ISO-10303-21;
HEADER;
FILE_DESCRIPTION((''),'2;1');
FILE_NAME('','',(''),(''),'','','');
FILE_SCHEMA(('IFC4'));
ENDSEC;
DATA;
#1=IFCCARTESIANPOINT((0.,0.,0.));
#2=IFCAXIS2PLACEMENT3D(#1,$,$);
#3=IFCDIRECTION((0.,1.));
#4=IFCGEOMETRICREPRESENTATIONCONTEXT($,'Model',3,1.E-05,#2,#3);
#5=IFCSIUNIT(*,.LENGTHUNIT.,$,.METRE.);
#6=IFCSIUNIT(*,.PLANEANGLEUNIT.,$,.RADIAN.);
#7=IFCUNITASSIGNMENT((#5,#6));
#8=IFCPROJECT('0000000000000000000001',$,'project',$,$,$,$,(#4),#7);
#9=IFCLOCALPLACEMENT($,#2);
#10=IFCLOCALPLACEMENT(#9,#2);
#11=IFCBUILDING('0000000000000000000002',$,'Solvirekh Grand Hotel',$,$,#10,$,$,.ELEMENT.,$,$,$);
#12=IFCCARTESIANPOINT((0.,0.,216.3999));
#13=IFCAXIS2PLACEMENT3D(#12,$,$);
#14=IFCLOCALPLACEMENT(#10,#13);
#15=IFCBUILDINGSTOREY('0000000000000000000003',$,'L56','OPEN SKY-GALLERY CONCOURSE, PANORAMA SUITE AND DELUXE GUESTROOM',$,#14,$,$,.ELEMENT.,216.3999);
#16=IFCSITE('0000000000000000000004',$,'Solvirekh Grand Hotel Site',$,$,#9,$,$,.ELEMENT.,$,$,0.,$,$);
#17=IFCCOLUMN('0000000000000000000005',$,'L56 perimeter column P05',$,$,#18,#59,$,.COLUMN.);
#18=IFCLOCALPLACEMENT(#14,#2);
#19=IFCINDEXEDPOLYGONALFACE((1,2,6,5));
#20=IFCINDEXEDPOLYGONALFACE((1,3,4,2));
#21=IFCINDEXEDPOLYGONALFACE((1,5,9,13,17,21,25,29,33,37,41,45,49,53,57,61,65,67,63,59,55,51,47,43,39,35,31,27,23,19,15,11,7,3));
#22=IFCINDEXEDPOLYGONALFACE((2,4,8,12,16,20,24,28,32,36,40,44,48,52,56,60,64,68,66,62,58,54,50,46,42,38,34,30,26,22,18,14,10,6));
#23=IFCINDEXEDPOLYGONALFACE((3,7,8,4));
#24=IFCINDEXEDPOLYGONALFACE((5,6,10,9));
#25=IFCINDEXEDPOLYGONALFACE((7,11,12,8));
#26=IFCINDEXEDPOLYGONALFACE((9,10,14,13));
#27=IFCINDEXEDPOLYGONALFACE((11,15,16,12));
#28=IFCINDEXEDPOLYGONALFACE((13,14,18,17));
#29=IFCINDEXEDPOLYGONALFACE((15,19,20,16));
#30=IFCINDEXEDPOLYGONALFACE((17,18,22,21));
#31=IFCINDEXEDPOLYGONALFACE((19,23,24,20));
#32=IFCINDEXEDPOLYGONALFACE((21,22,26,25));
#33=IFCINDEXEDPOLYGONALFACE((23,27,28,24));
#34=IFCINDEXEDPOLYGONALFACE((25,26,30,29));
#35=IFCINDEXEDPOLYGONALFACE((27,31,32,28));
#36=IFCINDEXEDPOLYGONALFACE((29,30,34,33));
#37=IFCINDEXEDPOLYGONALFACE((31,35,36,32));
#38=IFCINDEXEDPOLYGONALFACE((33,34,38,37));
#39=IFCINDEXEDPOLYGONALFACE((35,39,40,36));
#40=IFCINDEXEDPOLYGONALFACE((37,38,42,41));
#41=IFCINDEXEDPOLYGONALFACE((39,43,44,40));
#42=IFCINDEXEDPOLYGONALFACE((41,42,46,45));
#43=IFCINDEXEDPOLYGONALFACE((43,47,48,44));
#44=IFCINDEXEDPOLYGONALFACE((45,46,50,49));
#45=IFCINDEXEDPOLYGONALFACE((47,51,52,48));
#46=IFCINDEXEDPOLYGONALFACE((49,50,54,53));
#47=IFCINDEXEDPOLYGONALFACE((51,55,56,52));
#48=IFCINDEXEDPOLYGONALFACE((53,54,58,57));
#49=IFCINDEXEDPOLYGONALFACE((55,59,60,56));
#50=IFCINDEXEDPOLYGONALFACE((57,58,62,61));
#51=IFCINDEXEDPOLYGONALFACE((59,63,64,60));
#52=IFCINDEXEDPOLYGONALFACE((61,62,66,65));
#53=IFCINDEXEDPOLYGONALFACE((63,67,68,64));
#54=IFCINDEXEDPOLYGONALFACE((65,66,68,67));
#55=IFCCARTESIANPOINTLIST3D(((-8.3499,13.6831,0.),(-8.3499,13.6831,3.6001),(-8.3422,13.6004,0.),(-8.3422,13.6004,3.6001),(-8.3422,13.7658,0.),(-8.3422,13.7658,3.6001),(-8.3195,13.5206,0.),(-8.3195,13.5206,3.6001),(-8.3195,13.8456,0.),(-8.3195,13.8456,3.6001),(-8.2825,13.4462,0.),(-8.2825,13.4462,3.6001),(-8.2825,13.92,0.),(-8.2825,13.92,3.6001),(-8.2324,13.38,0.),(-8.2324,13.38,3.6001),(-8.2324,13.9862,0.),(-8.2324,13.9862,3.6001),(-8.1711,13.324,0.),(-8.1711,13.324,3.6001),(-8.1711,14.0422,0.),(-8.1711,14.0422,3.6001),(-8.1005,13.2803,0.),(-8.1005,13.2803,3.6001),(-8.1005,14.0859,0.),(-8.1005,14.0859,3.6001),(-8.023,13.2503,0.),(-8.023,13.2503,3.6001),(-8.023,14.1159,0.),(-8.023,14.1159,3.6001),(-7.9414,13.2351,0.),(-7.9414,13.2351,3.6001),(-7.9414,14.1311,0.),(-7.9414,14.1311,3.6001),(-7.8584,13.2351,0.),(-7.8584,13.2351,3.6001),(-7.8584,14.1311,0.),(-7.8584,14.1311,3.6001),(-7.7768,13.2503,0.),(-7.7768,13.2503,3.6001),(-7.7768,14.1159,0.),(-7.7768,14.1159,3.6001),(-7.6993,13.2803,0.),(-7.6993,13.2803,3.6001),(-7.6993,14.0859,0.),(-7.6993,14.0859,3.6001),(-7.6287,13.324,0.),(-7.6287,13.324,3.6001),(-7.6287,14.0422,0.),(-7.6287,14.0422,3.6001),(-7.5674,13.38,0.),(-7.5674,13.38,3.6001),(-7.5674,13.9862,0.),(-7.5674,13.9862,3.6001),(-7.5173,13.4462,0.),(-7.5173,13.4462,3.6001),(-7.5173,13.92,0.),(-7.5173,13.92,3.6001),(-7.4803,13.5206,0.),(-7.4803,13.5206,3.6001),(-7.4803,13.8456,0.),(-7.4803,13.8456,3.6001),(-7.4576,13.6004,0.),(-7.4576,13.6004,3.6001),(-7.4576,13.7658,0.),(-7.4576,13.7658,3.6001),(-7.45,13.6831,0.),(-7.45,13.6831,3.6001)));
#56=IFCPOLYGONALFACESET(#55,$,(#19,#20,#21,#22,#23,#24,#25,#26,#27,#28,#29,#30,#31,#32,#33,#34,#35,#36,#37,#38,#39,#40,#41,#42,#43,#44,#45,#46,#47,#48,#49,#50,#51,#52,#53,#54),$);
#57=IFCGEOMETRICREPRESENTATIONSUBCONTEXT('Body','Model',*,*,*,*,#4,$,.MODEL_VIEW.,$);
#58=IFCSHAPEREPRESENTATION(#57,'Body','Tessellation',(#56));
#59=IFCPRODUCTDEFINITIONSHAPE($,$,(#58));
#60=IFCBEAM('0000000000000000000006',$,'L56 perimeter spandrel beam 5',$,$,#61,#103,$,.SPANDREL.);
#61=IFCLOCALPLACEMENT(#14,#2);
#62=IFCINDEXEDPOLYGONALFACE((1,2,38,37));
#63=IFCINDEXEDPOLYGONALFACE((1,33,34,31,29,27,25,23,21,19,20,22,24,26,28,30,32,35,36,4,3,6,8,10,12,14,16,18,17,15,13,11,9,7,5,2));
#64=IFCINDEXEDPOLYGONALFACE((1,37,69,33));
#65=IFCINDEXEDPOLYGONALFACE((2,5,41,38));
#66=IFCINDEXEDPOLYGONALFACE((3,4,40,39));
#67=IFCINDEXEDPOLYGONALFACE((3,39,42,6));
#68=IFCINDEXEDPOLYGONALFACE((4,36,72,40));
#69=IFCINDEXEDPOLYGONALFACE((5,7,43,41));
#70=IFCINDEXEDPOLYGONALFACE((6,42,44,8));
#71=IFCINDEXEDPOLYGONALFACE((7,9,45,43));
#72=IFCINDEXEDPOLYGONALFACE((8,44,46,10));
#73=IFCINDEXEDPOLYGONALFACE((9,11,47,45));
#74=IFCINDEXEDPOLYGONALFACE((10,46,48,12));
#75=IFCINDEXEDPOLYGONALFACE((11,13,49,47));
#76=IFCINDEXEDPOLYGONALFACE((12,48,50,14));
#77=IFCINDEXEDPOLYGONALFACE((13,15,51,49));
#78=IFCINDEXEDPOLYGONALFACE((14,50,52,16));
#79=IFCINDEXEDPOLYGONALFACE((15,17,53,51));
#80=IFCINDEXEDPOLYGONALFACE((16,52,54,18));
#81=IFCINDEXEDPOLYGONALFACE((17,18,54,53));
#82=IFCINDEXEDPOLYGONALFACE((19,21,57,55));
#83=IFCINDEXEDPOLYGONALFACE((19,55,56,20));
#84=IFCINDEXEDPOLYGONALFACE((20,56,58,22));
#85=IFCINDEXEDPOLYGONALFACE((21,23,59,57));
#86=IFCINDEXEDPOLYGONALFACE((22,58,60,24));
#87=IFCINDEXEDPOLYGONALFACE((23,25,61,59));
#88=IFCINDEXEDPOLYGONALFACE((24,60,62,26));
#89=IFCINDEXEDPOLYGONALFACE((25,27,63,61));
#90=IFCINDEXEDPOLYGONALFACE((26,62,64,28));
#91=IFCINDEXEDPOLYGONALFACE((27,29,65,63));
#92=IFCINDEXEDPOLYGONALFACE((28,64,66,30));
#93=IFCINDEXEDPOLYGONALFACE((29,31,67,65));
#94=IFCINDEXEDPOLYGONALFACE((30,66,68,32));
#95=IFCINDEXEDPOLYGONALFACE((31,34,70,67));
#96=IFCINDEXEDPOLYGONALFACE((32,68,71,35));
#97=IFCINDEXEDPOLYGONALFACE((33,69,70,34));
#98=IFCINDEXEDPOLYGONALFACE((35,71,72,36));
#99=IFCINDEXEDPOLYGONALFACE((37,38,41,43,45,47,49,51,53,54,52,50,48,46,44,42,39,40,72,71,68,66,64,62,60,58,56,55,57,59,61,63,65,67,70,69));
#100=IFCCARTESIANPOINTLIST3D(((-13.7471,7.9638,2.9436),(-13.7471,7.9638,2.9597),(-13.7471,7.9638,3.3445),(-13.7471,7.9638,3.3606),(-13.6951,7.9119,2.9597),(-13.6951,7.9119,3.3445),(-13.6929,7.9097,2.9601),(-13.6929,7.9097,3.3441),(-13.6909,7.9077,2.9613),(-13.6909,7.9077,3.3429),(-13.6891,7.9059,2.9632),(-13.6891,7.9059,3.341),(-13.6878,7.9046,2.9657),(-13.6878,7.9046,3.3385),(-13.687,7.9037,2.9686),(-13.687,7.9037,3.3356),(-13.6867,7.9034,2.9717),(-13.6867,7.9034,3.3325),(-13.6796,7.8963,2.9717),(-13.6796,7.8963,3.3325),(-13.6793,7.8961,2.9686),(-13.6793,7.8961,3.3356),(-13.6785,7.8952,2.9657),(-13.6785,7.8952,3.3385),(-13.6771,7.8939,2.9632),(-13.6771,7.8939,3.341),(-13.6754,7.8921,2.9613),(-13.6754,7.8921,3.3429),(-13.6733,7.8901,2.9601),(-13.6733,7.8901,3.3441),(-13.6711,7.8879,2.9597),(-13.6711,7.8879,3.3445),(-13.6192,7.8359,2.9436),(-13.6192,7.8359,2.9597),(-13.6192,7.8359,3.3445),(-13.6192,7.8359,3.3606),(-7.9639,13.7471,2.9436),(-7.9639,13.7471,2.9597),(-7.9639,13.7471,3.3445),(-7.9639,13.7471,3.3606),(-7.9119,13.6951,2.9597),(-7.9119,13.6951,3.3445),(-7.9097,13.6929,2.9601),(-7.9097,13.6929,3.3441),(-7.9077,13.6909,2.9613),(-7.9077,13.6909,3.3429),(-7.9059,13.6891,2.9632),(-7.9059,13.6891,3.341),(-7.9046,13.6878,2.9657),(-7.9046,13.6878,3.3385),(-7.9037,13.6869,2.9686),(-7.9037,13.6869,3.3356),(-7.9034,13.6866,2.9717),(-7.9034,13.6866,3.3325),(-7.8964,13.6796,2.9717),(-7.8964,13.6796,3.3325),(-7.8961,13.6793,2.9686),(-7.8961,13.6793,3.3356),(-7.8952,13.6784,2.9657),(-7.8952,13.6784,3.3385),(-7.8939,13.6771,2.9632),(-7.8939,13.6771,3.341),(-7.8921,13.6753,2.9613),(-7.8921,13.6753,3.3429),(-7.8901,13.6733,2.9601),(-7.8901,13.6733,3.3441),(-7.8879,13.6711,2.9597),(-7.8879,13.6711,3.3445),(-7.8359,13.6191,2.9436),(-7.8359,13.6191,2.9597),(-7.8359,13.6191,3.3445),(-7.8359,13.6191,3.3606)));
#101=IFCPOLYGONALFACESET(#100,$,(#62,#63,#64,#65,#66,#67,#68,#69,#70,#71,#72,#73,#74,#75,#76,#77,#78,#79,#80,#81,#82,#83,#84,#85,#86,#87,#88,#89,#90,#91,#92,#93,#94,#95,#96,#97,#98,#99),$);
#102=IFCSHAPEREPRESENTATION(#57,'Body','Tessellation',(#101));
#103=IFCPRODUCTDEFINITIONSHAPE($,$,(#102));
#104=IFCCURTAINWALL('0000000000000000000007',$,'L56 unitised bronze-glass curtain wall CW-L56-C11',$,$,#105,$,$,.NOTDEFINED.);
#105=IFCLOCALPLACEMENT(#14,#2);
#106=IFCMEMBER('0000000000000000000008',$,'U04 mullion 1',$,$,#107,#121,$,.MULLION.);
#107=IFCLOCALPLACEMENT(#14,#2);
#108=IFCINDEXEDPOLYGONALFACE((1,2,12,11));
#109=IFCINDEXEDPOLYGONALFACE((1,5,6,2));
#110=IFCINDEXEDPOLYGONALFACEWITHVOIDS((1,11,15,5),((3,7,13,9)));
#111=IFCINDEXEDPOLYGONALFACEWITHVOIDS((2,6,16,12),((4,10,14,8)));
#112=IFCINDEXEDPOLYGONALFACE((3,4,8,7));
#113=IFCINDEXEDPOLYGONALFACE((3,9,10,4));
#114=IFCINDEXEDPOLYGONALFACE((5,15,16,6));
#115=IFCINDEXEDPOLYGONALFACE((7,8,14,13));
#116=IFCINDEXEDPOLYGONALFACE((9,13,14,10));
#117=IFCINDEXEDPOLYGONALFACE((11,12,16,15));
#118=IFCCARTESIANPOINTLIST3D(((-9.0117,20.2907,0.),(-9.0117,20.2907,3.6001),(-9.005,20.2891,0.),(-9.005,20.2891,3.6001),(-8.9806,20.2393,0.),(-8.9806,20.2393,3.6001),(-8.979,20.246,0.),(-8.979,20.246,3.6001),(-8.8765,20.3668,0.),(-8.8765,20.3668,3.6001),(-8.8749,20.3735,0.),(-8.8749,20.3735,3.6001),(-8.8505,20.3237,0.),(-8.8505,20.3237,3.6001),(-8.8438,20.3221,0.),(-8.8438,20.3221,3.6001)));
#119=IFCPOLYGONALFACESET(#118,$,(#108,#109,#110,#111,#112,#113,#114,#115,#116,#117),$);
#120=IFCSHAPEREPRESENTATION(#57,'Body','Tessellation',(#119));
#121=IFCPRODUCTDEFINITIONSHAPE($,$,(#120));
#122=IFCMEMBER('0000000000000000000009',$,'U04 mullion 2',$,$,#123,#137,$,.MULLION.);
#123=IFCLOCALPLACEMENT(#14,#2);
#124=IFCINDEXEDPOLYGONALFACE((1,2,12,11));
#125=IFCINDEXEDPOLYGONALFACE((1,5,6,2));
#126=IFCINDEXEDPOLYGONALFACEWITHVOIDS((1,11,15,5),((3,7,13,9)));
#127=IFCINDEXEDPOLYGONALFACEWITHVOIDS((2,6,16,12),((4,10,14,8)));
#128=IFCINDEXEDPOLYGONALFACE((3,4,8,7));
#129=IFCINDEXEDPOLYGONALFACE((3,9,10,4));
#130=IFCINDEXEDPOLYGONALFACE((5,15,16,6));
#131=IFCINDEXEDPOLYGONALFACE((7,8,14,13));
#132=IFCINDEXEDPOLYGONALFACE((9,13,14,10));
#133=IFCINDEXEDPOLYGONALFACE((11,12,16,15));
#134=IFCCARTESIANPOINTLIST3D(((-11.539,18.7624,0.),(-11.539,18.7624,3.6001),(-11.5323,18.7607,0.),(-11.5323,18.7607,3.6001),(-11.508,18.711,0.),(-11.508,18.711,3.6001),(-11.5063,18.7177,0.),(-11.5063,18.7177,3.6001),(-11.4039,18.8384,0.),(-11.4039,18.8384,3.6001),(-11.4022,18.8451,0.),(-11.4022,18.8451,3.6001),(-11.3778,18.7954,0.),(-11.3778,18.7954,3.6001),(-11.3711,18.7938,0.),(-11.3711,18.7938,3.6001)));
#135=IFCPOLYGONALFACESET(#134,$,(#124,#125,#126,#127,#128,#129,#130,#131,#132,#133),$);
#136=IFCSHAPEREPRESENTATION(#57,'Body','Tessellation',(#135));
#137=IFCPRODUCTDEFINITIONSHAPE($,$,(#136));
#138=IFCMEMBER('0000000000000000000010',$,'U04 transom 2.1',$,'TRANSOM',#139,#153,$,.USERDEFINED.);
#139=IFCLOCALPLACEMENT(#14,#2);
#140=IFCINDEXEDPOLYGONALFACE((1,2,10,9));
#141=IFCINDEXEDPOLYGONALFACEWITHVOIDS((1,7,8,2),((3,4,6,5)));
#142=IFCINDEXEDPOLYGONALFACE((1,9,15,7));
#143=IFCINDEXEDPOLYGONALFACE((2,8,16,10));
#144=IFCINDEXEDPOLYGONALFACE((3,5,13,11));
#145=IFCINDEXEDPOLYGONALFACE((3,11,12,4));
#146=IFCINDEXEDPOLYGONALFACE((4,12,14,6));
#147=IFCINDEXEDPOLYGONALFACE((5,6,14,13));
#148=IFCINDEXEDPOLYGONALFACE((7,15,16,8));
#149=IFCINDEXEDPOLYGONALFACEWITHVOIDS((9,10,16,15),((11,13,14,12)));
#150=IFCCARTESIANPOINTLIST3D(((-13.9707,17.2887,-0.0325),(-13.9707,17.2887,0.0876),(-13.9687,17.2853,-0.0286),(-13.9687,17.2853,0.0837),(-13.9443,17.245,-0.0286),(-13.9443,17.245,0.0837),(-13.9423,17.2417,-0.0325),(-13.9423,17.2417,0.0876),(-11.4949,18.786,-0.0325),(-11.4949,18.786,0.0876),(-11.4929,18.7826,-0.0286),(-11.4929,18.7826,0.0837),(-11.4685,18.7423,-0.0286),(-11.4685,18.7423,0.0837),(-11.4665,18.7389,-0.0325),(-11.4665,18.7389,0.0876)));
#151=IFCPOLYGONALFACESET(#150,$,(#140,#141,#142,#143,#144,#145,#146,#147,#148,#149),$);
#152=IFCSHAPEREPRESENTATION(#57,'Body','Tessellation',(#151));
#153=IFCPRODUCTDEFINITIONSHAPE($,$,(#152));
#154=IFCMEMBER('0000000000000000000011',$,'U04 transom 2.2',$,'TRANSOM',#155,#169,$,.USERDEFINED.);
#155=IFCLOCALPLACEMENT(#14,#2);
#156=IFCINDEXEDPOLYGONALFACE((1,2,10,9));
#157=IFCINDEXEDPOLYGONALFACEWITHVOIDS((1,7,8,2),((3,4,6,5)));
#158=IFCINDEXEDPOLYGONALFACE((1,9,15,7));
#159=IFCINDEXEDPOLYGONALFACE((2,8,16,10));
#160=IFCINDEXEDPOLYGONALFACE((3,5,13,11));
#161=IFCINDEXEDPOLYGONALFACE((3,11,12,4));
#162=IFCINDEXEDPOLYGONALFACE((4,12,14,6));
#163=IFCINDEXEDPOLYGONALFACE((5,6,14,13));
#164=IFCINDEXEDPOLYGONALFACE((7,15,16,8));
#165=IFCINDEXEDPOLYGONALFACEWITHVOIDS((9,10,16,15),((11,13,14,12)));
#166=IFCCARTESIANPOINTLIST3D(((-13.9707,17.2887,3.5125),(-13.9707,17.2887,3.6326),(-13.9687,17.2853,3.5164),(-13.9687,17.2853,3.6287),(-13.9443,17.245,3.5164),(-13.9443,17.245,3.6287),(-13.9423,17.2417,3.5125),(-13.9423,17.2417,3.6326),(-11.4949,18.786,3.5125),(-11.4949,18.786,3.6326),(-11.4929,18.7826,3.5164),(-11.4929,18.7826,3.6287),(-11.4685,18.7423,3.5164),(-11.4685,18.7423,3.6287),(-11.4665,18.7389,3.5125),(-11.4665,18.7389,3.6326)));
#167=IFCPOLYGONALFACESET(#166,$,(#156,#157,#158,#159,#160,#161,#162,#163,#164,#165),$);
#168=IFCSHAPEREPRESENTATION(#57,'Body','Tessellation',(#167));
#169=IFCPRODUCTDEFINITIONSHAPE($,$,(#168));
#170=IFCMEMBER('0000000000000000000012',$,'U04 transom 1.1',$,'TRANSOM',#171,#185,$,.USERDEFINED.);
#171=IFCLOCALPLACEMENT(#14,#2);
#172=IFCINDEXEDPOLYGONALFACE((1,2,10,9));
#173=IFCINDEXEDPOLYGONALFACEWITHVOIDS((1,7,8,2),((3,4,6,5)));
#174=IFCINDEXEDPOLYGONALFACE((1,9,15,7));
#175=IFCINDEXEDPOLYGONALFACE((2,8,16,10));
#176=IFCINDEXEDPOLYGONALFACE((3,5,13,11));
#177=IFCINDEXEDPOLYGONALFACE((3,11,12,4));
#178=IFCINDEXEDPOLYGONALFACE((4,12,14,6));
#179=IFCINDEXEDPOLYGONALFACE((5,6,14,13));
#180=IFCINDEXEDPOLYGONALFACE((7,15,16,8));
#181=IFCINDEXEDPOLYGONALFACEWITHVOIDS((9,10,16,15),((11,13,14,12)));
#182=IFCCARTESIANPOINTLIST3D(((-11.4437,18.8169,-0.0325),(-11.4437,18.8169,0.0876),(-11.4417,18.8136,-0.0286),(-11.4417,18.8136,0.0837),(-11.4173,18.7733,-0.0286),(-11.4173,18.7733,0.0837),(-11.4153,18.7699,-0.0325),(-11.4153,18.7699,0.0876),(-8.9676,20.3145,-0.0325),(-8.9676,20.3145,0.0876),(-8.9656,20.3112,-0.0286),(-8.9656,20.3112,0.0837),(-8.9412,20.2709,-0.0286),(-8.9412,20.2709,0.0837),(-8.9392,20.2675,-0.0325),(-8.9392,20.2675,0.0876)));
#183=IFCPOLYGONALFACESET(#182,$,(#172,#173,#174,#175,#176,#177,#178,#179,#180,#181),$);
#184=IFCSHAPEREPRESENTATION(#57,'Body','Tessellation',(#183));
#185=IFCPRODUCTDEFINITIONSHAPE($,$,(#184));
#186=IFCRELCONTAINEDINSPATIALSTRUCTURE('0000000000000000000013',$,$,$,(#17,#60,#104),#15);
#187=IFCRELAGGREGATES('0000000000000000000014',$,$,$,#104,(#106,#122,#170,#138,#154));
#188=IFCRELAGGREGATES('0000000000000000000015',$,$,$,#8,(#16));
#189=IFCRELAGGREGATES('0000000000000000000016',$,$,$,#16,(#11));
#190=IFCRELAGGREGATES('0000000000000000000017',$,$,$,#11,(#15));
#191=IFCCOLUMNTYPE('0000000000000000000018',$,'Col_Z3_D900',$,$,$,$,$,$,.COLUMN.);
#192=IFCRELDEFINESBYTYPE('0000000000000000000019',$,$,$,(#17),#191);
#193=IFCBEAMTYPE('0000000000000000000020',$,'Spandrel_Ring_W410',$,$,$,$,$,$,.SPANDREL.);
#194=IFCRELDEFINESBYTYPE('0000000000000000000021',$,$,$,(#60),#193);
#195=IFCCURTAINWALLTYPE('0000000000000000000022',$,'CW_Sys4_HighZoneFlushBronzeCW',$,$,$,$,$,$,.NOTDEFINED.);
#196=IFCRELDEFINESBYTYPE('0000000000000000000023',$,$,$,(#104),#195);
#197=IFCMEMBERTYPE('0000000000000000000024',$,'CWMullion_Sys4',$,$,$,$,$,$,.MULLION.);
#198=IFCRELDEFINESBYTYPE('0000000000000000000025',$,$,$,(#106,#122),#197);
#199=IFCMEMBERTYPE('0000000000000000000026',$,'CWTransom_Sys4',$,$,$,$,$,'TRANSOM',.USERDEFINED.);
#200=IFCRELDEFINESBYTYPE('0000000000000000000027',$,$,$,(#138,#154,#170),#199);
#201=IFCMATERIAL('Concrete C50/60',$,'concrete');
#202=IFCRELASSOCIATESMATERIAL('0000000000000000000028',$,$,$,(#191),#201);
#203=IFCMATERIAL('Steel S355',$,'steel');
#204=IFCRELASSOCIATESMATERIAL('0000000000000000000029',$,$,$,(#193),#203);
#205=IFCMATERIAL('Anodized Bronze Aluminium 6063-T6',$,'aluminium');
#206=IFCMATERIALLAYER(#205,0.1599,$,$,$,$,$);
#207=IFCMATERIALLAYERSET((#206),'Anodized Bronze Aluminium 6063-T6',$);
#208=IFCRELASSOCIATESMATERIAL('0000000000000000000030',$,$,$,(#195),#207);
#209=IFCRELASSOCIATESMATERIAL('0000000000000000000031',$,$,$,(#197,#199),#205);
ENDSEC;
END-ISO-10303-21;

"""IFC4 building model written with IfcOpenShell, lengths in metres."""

from ifc_helpers import new_model, si_unit, direction, frame, origin, origin_2d, place, context, subcontext, project, spatial, hollow_rectangle, circle, i_section, extrude, source, transform, mapped, material, layer, layer_set, material_profile, profile_set, type_object, element, aggregate, save


model = new_model("IFC4")

# Units and contexts
model_context = context("Model", 3, precision=1e-05, world=origin(), true_north=direction((0.0, 1.0)))
body_context = subcontext(model_context, "Body", "Model", "MODEL_VIEW")
ifc_project = project(units=[si_unit("LENGTHUNIT", "METRE"), si_unit("PLANEANGLEUNIT", "RADIAN")], contexts=[model_context])

# Site, building, storey
site_placement = place(None, origin())
site = spatial("IfcSite", under=ifc_project, at=site_placement, Name="Solvirekh Grand Hotel Site", CompositionType="ELEMENT", RefElevation=0.0)
building_placement = place(site_placement, origin())
building = spatial("IfcBuilding", under=site, at=building_placement, Name="Solvirekh Grand Hotel", CompositionType="ELEMENT")
storey_placement = place(building_placement, frame((0.0, 0.0, 216.3999)))
storey = spatial("IfcBuildingStorey", under=building, at=storey_placement, Name="L56", Description="OPEN SKY-GALLERY CONCOURSE, PANORAMA SUITE AND DELUXE GUESTROOM", CompositionType="ELEMENT", Elevation=216.3999)

# Column
ifc_material_1 = material(Name="Concrete C50/60", Category="concrete")
ifc_material_profile_1 = material_profile(ifc_material_1, circle(Radius=0.45, at=origin_2d()), Name="RC CIRC D900")
ifc_profile_set_1 = profile_set([ifc_material_profile_1], Name="Concrete C50/60")
column_type = type_object("IfcColumnType", Name="Col_Z3_D900", PredefinedType="COLUMN", material=ifc_profile_set_1)
column_placement = place(storey_placement, frame((-7.8999, 13.6831, 0.0), z_axis=(0.0, 0.0, 1.0), x_axis=(1.0, 0.0, 0.0)))
element("IfcColumn", 1, at=column_placement, inside=storey, type_object=column_type, Name="L56 perimeter column P05", PredefinedType="COLUMN", context=body_context, shape_type="SweptSolid", body=[
    extrude(circle(Radius=0.45, at=origin_2d()), origin(), (0.0, 0.0, 1.0), 3.6001),
])

# Beam
ifc_material_2 = material(Name="Steel S355", Category="steel")
ifc_material_profile_2 = material_profile(ifc_material_2, i_section(OverallWidth=0.1809, OverallDepth=0.417, WebThickness=0.01, FlangeThickness=0.0161, FilletRadius=0.012, at=origin_2d()), Name="W410X85")
ifc_profile_set_2 = profile_set([ifc_material_profile_2], Name="Steel S355")
beam_type = type_object("IfcBeamType", Name="Spandrel_Ring_W410", PredefinedType="SPANDREL", material=ifc_profile_set_2)
beam_placement = place(storey_placement, frame((-7.8999, 13.6831, 3.1521), z_axis=(-0.707107, -0.707107, 0.0), x_axis=(0.707107, -0.707107, 0.0)))
element("IfcBeam", 2, at=beam_placement, inside=storey, type_object=beam_type, Name="L56 perimeter spandrel beam 5", PredefinedType="SPANDREL", context=body_context, shape_type="SweptSolid", body=[
    extrude(i_section(OverallWidth=0.1809, OverallDepth=0.417, WebThickness=0.01, FlangeThickness=0.0161, FilletRadius=0.012, at=origin_2d()), origin(), (0.0, 0.0, 1.0), 8.1787),
])

# Curtain wall, members
ifc_material_3 = material(Name="Anodized Bronze Aluminium 6063-T6", Category="aluminium")
ifc_layer_1 = layer(ifc_material_3, 0.1599)
ifc_layer_set_1 = layer_set([ifc_layer_1], Name="Anodized Bronze Aluminium 6063-T6")
curtain_wall_type = type_object("IfcCurtainWallType", Name="CW_Sys4_HighZoneFlushBronzeCW", PredefinedType="NOTDEFINED", material=ifc_layer_set_1)
curtain_wall_placement = place(storey_placement, origin())
curtain_wall = element("IfcCurtainWall", 3, at=curtain_wall_placement, inside=storey, type_object=curtain_wall_type, Name="L56 unitised bronze-glass curtain wall CW-L56-C11", PredefinedType="NOTDEFINED")
ifc_material_profile_3 = material_profile(ifc_material_3, hollow_rectangle(XDim=0.0601, YDim=0.1599, WallThickness=0.0049, at=origin_2d()), Name="ALU RHS 160X60X5")
ifc_profile_set_3 = profile_set([ifc_material_profile_3], Name="Anodized Bronze Aluminium 6063-T6")
member_type_1 = type_object("IfcMemberType", Name="CWMullion_Sys4", PredefinedType="MULLION", material=ifc_profile_set_3)
shared_shape_1 = source(origin(), body_context, "Body", "SweptSolid", [
    extrude(hollow_rectangle(XDim=0.0601, YDim=0.1599, WallThickness=0.0049, at=origin_2d()), origin(), (0.0, 0.0, 1.0), 3.6001),
])
member_1_placement = place(storey_placement, frame((-8.9277, 20.3064, 0.0), z_axis=(0.0, 0.0, 1.0), x_axis=(0.517499, -0.855684, 0.0)))
member_1 = element("IfcMember", 4, at=member_1_placement, type_object=member_type_1, Name="U04 mullion 1", PredefinedType="MULLION", context=body_context, shape_type="MappedRepresentation", body=[
    mapped(shared_shape_1, transform((0.0, 0.0, 0.0), x_axis=(1.0, 0.0, 0.0), y_axis=(0.0, 1.0, 0.0), z_axis=(0.0, 0.0, 1.0), scale=1.0)),
])
member_2_placement = place(storey_placement, frame((-11.4551, 18.7781, 0.0), z_axis=(0.0, 0.0, 1.0), x_axis=(0.517499, -0.855684, 0.0)))
member_2 = element("IfcMember", 5, at=member_2_placement, type_object=member_type_1, Name="U04 mullion 2", PredefinedType="MULLION", context=body_context, shape_type="MappedRepresentation", body=[
    mapped(shared_shape_1, transform((0.0, 0.0, 0.0), x_axis=(1.0, 0.0, 0.0), y_axis=(0.0, 1.0, 0.0), z_axis=(0.0, 0.0, 1.0), scale=1.0)),
])
ifc_material_profile_4 = material_profile(ifc_material_3, hollow_rectangle(XDim=0.0549, YDim=0.1201, WallThickness=0.0039, at=origin_2d()), Name="ALU RHS 120X55X4")
ifc_profile_set_4 = profile_set([ifc_material_profile_4], Name="Anodized Bronze Aluminium 6063-T6")
member_type_2 = type_object("IfcMemberType", Name="CWTransom_Sys4", ElementType="TRANSOM", PredefinedType="USERDEFINED", material=ifc_profile_set_4)
shared_shape_2 = source(origin(), body_context, "Body", "SweptSolid", [
    extrude(hollow_rectangle(XDim=0.0549, YDim=0.1201, WallThickness=0.0039, at=origin_2d()), origin(), (0.0, 0.0, 1.0), 2.8933),
])
member_3_placement = place(storey_placement, frame((-11.4807, 18.7625, 0.0276), z_axis=(-0.855686, -0.517495, 0.0), x_axis=(0.517495, -0.855686, 0.0)))
member_3 = element("IfcMember", 6, at=member_3_placement, type_object=member_type_2, Name="U04 transom 2.1", ObjectType="TRANSOM", PredefinedType="USERDEFINED", context=body_context, shape_type="MappedRepresentation", body=[
    mapped(shared_shape_2, transform((0.0, 0.0, 0.0), x_axis=(1.0, 0.0, 0.0), y_axis=(0.0, 1.0, 0.0), z_axis=(0.0, 0.0, 1.0), scale=1.0)),
])
member_4_placement = place(storey_placement, frame((-11.4807, 18.7625, 3.5725), z_axis=(-0.855686, -0.517495, 0.0), x_axis=(0.517495, -0.855686, 0.0)))
member_4 = element("IfcMember", 7, at=member_4_placement, type_object=member_type_2, Name="U04 transom 2.2", ObjectType="TRANSOM", PredefinedType="USERDEFINED", context=body_context, shape_type="MappedRepresentation", body=[
    mapped(shared_shape_2, transform((0.0, 0.0, 0.0), x_axis=(1.0, 0.0, 0.0), y_axis=(0.0, 1.0, 0.0), z_axis=(0.0, 0.0, 1.0), scale=1.0)),
])
shared_shape_3 = source(origin(), body_context, "Body", "SweptSolid", [
    extrude(hollow_rectangle(XDim=0.0549, YDim=0.1201, WallThickness=0.0039, at=origin_2d()), origin(), (0.0, 0.0, 1.0), 2.8938),
])
member_5_placement = place(storey_placement, frame((-8.9534, 20.291, 0.0276), z_axis=(-0.855671, -0.51752, 0.0), x_axis=(0.51752, -0.855671, 0.0)))
member_5 = element("IfcMember", 8, at=member_5_placement, type_object=member_type_2, Name="U04 transom 1.1", ObjectType="TRANSOM", PredefinedType="USERDEFINED", context=body_context, shape_type="MappedRepresentation", body=[
    mapped(shared_shape_3, transform((0.0, 0.0, 0.0), x_axis=(1.0, 0.0, 0.0), y_axis=(0.0, 1.0, 0.0), z_axis=(0.0, 0.0, 1.0), scale=1.0)),
])
aggregate(curtain_wall, [member_1, member_2, member_5, member_3, member_4])

save(model, "model.ifc")
